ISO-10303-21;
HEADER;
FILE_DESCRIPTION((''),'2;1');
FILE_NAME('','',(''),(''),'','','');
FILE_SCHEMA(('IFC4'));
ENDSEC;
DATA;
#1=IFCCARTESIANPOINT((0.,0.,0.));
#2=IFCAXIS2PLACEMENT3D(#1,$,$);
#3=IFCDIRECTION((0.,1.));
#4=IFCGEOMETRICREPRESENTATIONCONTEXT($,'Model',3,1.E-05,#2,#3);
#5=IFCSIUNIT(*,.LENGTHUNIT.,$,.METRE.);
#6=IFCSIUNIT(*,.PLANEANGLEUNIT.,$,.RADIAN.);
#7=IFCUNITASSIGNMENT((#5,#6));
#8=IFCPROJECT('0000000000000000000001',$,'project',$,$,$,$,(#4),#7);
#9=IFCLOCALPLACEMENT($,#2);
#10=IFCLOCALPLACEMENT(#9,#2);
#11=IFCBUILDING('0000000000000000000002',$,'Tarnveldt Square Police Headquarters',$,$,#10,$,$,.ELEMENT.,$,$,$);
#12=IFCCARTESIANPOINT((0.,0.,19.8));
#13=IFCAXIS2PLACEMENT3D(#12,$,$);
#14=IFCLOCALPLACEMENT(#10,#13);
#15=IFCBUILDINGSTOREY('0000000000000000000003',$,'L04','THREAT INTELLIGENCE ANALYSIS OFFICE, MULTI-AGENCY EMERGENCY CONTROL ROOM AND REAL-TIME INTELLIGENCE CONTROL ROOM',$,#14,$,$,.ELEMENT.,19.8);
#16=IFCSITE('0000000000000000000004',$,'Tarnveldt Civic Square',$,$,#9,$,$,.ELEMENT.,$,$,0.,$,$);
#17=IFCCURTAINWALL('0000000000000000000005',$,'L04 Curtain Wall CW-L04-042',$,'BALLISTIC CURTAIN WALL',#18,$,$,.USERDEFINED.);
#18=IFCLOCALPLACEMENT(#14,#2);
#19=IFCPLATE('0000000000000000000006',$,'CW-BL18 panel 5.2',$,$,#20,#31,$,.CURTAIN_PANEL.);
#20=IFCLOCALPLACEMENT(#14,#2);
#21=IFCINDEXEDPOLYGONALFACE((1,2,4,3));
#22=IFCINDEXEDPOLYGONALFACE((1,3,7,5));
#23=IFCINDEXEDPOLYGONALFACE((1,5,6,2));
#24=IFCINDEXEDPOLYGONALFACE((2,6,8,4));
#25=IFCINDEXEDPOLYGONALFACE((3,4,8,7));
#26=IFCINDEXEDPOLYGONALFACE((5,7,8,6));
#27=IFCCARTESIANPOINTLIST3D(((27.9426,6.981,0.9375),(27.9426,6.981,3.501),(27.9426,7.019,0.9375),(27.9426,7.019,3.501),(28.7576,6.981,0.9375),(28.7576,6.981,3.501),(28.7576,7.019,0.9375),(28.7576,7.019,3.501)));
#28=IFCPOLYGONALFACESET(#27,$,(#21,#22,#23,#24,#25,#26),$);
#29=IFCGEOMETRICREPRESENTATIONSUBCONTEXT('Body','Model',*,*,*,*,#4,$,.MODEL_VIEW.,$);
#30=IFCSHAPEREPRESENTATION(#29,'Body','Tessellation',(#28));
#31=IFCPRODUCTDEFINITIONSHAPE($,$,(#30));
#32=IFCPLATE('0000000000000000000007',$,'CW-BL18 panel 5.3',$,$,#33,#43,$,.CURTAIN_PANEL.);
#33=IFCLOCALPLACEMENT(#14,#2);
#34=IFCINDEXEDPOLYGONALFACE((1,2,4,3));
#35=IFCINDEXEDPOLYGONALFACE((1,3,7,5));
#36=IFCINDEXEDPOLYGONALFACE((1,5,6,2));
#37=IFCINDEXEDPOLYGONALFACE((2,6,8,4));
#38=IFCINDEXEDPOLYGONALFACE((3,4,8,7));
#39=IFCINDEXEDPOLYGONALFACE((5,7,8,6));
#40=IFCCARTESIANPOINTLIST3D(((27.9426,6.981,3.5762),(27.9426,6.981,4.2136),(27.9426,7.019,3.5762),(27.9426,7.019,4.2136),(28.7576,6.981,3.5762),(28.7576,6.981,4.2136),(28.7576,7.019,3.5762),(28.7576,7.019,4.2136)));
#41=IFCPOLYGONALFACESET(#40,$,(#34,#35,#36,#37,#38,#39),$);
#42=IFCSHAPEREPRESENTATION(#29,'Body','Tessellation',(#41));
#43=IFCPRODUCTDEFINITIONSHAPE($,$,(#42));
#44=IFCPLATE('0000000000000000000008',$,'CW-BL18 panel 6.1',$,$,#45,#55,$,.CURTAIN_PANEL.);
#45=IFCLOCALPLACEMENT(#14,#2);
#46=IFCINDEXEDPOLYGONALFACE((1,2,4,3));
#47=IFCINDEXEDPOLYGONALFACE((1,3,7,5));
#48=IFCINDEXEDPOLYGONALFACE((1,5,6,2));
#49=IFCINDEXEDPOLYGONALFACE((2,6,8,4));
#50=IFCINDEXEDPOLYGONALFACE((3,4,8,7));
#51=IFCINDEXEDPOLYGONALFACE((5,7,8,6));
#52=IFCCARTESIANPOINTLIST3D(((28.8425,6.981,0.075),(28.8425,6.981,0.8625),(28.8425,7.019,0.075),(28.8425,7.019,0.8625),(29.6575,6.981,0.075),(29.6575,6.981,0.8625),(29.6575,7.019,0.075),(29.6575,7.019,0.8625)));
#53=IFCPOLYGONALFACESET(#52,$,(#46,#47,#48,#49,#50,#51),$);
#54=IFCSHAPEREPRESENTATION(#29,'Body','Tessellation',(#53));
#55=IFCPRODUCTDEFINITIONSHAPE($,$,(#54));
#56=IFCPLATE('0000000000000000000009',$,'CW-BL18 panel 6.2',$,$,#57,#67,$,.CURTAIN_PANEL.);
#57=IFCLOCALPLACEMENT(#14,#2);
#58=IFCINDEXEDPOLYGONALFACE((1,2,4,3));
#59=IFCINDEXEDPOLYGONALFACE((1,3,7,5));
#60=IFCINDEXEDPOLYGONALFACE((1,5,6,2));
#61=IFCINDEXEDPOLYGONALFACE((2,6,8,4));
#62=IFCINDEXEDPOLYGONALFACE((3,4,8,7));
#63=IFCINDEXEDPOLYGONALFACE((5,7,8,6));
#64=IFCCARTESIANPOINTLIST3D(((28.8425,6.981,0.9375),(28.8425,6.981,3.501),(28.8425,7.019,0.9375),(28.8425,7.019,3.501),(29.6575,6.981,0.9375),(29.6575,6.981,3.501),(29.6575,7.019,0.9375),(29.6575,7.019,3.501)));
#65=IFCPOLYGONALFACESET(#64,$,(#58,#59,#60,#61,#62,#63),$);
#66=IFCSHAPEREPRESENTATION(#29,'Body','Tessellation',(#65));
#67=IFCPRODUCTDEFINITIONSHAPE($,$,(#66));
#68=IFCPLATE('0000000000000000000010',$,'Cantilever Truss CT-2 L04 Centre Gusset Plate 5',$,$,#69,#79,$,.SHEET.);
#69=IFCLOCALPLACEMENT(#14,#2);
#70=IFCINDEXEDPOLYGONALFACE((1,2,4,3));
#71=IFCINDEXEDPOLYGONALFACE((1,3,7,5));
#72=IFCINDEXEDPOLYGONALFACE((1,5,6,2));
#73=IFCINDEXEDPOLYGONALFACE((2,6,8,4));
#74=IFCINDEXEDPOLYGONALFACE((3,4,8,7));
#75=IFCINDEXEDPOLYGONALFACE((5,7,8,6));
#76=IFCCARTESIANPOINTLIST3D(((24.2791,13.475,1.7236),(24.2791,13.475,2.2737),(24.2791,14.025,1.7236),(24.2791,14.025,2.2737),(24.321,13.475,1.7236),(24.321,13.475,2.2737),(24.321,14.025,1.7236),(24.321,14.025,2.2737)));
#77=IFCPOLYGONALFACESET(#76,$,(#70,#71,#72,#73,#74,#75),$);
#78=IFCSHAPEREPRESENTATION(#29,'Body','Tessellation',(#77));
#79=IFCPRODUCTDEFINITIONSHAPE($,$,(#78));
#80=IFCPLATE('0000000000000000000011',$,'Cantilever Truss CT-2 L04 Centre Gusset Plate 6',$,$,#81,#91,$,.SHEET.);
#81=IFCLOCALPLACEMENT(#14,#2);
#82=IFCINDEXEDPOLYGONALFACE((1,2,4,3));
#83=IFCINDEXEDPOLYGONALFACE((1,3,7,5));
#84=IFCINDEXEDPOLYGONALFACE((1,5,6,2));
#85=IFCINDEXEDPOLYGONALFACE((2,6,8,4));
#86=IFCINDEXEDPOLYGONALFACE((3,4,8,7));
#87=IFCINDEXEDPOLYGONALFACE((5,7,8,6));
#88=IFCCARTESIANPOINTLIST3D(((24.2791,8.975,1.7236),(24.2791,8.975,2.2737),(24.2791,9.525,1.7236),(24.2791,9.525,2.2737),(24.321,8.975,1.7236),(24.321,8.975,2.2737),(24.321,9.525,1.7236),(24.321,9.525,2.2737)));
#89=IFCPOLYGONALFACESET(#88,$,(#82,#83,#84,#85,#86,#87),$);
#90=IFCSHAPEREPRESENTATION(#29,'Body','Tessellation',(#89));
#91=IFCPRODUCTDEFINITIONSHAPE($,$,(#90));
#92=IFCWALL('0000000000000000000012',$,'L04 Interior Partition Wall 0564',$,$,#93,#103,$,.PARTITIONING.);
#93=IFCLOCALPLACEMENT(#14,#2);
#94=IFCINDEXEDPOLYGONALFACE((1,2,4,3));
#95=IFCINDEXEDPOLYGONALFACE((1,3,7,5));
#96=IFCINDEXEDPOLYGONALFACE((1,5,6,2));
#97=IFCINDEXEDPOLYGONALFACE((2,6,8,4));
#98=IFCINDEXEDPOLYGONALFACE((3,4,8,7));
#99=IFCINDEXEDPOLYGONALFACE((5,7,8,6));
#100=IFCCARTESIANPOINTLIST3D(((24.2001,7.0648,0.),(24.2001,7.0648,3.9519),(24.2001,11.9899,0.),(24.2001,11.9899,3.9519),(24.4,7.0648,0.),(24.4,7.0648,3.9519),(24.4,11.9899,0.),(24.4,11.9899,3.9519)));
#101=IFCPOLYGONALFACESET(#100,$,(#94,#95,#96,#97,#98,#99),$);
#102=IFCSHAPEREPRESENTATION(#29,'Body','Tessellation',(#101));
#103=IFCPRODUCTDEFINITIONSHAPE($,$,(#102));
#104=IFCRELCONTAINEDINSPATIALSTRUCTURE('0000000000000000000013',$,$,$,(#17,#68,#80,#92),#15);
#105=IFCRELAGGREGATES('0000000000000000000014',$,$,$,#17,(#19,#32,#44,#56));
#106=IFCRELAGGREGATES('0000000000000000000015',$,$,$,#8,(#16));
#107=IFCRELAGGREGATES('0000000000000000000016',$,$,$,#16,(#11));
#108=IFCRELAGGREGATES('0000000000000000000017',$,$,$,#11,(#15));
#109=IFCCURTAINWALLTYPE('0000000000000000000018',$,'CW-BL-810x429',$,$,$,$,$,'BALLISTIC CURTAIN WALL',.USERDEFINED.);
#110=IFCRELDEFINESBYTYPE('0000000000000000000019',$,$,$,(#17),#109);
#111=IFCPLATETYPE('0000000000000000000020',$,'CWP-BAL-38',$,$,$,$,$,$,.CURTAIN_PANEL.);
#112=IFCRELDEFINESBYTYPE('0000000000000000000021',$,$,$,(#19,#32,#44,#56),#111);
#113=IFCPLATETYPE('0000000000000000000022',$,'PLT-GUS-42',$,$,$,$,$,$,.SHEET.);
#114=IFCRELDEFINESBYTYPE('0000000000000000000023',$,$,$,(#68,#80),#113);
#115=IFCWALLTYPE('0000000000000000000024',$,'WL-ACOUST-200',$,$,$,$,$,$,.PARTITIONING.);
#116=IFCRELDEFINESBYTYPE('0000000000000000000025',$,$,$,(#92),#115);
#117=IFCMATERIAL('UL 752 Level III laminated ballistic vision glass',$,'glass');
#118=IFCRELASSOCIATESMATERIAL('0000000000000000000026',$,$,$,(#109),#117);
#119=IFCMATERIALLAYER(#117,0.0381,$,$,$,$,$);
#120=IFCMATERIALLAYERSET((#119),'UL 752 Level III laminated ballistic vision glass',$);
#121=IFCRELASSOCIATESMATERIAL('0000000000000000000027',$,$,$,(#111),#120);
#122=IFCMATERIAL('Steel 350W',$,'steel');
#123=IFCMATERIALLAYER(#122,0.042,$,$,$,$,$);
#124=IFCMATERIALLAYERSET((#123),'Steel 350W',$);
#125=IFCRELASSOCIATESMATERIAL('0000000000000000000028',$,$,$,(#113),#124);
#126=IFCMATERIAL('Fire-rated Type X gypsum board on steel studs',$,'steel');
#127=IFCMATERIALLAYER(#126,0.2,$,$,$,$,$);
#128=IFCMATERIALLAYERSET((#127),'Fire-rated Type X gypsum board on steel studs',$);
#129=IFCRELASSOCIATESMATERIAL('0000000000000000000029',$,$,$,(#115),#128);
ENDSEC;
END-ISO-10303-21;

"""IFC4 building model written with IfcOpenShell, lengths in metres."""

from ifc_helpers import new_model, si_unit, direction, frame, frame_2d, origin, origin_2d, place, context, subcontext, project, spatial, rectangle, extrude, material, layer, layer_set, type_object, element, aggregate, save


model = new_model("IFC4")

# Units and contexts
model_context = context("Model", 3, precision=1e-05, world=origin(), true_north=direction((0.0, 1.0)))
body_context = subcontext(model_context, "Body", "Model", "MODEL_VIEW")
ifc_project = project(units=[si_unit("LENGTHUNIT", "METRE"), si_unit("PLANEANGLEUNIT", "RADIAN")], contexts=[model_context])

# Site, building, storey
site_placement = place(None, origin())
site = spatial("IfcSite", under=ifc_project, at=site_placement, Name="Tarnveldt Civic Square", CompositionType="ELEMENT", RefElevation=0.0)
building_placement = place(site_placement, origin())
building = spatial("IfcBuilding", under=site, at=building_placement, Name="Tarnveldt Square Police Headquarters", CompositionType="ELEMENT")
storey_placement = place(building_placement, frame((0.0, 0.0, 19.8)))
storey = spatial("IfcBuildingStorey", under=building, at=storey_placement, Name="L04", Description="THREAT INTELLIGENCE ANALYSIS OFFICE, MULTI-AGENCY EMERGENCY CONTROL ROOM AND REAL-TIME INTELLIGENCE CONTROL ROOM", CompositionType="ELEMENT", Elevation=19.8)

# Shared definitions
ifc_material_1 = material(Name="Steel 350W", Category="steel")

# Curtain wall
ifc_material_2 = material(Name="UL 752 Level III laminated ballistic vision glass", Category="glass")
curtain_wall_type = type_object("IfcCurtainWallType", Name="CW-BL-810x429", ElementType="BALLISTIC CURTAIN WALL", PredefinedType="USERDEFINED", material=ifc_material_2)
curtain_wall_placement = place(storey_placement, origin())
curtain_wall = element("IfcCurtainWall", 1, at=curtain_wall_placement, inside=storey, type_object=curtain_wall_type, Name="L04 Curtain Wall CW-L04-042", ObjectType="BALLISTIC CURTAIN WALL", PredefinedType="USERDEFINED")

# Plates
ifc_layer_1 = layer(ifc_material_2, 0.0381)
ifc_layer_set_1 = layer_set([ifc_layer_1], Name="UL 752 Level III laminated ballistic vision glass")
plate_type_1 = type_object("IfcPlateType", Name="CWP-BAL-38", PredefinedType="CURTAIN_PANEL", material=ifc_layer_set_1)
plate_1_placement = place(storey_placement, frame((28.3501, 7.0, 0.9375), z_axis=(0.0, 0.0, 1.0), x_axis=(1.0, 0.0, 0.0)))
plate_1 = element("IfcPlate", 2, at=plate_1_placement, type_object=plate_type_1, Name="CW-BL18 panel 5.2", PredefinedType="CURTAIN_PANEL", context=body_context, shape_type="SweptSolid", body=[
    extrude(rectangle(XDim=0.8149, YDim=0.0381, at=origin_2d()), origin(), (0.0, 0.0, 1.0), 2.5635),
])
plate_2_placement = place(storey_placement, frame((28.3501, 7.0, 3.5762), z_axis=(0.0, 0.0, 1.0), x_axis=(1.0, 0.0, 0.0)))
plate_2 = element("IfcPlate", 3, at=plate_2_placement, type_object=plate_type_1, Name="CW-BL18 panel 5.3", PredefinedType="CURTAIN_PANEL", context=body_context, shape_type="SweptSolid", body=[
    extrude(rectangle(XDim=0.8149, YDim=0.0381, at=origin_2d()), origin(), (0.0, 0.0, 1.0), 0.6375),
])
plate_3_placement = place(storey_placement, frame((29.25, 7.0, 0.075), z_axis=(0.0, 0.0, 1.0), x_axis=(1.0, 0.0, 0.0)))
plate_3 = element("IfcPlate", 4, at=plate_3_placement, type_object=plate_type_1, Name="CW-BL18 panel 6.1", PredefinedType="CURTAIN_PANEL", context=body_context, shape_type="SweptSolid", body=[
    extrude(rectangle(XDim=0.8149, YDim=0.0381, at=origin_2d()), origin(), (0.0, 0.0, 1.0), 0.7876),
])
plate_4_placement = place(storey_placement, frame((29.25, 7.0, 0.9375), z_axis=(0.0, 0.0, 1.0), x_axis=(1.0, 0.0, 0.0)))
plate_4 = element("IfcPlate", 5, at=plate_4_placement, type_object=plate_type_1, Name="CW-BL18 panel 6.2", PredefinedType="CURTAIN_PANEL", context=body_context, shape_type="SweptSolid", body=[
    extrude(rectangle(XDim=0.8149, YDim=0.0381, at=origin_2d()), origin(), (0.0, 0.0, 1.0), 2.5635),
])
aggregate(curtain_wall, [plate_1, plate_2, plate_3, plate_4])

# Plates
ifc_layer_2 = layer(ifc_material_1, 0.042)
ifc_layer_set_2 = layer_set([ifc_layer_2], Name="Steel 350W")
plate_type_2 = type_object("IfcPlateType", Name="PLT-GUS-42", PredefinedType="SHEET", material=ifc_layer_set_2)
for number, where, z_axis, x_axis, name in (
    (6, (24.3, 13.75, 1.7236), (0.0, 0.0, 1.0), (1.0, 0.0, 0.0), "Cantilever Truss CT-2 L04 Centre Gusset Plate 5"),
    (7, (24.3, 9.25, 1.7236), (0.0, 0.0, 1.0), (1.0, 0.0, 0.0), "Cantilever Truss CT-2 L04 Centre Gusset Plate 6"),
):
    element("IfcPlate", number, at=place(storey_placement, frame(where, z_axis=z_axis, x_axis=x_axis)), inside=storey, type_object=plate_type_2, Name=name, PredefinedType="SHEET", context=body_context, shape_type="SweptSolid", body=[
        extrude(rectangle(XDim=0.042, YDim=0.55, at=origin_2d()), origin(), (0.0, 0.0, 1.0), 0.55),
    ])

# Wall
ifc_material_3 = material(Name="Fire-rated Type X gypsum board on steel studs", Category="steel")
ifc_layer_3 = layer(ifc_material_3, 0.2)
ifc_layer_set_3 = layer_set([ifc_layer_3], Name="Fire-rated Type X gypsum board on steel studs")
wall_type = type_object("IfcWallType", Name="WL-ACOUST-200", PredefinedType="PARTITIONING", material=ifc_layer_set_3)
wall_placement = place(storey_placement, frame((24.3, 7.0649, 0.0), z_axis=(0.0, 0.0, 1.0), x_axis=(0.0, 1.0, 0.0)))
element("IfcWall", 8, at=wall_placement, inside=storey, type_object=wall_type, Name="L04 Interior Partition Wall 0564", PredefinedType="PARTITIONING", context=body_context, shape_type="SweptSolid", body=[
    extrude(rectangle(XDim=4.925, YDim=0.2, at=frame_2d((2.4624, 0.0))), origin(), (0.0, 0.0, 1.0), 3.9519),
])

save(model, "model.ifc")
